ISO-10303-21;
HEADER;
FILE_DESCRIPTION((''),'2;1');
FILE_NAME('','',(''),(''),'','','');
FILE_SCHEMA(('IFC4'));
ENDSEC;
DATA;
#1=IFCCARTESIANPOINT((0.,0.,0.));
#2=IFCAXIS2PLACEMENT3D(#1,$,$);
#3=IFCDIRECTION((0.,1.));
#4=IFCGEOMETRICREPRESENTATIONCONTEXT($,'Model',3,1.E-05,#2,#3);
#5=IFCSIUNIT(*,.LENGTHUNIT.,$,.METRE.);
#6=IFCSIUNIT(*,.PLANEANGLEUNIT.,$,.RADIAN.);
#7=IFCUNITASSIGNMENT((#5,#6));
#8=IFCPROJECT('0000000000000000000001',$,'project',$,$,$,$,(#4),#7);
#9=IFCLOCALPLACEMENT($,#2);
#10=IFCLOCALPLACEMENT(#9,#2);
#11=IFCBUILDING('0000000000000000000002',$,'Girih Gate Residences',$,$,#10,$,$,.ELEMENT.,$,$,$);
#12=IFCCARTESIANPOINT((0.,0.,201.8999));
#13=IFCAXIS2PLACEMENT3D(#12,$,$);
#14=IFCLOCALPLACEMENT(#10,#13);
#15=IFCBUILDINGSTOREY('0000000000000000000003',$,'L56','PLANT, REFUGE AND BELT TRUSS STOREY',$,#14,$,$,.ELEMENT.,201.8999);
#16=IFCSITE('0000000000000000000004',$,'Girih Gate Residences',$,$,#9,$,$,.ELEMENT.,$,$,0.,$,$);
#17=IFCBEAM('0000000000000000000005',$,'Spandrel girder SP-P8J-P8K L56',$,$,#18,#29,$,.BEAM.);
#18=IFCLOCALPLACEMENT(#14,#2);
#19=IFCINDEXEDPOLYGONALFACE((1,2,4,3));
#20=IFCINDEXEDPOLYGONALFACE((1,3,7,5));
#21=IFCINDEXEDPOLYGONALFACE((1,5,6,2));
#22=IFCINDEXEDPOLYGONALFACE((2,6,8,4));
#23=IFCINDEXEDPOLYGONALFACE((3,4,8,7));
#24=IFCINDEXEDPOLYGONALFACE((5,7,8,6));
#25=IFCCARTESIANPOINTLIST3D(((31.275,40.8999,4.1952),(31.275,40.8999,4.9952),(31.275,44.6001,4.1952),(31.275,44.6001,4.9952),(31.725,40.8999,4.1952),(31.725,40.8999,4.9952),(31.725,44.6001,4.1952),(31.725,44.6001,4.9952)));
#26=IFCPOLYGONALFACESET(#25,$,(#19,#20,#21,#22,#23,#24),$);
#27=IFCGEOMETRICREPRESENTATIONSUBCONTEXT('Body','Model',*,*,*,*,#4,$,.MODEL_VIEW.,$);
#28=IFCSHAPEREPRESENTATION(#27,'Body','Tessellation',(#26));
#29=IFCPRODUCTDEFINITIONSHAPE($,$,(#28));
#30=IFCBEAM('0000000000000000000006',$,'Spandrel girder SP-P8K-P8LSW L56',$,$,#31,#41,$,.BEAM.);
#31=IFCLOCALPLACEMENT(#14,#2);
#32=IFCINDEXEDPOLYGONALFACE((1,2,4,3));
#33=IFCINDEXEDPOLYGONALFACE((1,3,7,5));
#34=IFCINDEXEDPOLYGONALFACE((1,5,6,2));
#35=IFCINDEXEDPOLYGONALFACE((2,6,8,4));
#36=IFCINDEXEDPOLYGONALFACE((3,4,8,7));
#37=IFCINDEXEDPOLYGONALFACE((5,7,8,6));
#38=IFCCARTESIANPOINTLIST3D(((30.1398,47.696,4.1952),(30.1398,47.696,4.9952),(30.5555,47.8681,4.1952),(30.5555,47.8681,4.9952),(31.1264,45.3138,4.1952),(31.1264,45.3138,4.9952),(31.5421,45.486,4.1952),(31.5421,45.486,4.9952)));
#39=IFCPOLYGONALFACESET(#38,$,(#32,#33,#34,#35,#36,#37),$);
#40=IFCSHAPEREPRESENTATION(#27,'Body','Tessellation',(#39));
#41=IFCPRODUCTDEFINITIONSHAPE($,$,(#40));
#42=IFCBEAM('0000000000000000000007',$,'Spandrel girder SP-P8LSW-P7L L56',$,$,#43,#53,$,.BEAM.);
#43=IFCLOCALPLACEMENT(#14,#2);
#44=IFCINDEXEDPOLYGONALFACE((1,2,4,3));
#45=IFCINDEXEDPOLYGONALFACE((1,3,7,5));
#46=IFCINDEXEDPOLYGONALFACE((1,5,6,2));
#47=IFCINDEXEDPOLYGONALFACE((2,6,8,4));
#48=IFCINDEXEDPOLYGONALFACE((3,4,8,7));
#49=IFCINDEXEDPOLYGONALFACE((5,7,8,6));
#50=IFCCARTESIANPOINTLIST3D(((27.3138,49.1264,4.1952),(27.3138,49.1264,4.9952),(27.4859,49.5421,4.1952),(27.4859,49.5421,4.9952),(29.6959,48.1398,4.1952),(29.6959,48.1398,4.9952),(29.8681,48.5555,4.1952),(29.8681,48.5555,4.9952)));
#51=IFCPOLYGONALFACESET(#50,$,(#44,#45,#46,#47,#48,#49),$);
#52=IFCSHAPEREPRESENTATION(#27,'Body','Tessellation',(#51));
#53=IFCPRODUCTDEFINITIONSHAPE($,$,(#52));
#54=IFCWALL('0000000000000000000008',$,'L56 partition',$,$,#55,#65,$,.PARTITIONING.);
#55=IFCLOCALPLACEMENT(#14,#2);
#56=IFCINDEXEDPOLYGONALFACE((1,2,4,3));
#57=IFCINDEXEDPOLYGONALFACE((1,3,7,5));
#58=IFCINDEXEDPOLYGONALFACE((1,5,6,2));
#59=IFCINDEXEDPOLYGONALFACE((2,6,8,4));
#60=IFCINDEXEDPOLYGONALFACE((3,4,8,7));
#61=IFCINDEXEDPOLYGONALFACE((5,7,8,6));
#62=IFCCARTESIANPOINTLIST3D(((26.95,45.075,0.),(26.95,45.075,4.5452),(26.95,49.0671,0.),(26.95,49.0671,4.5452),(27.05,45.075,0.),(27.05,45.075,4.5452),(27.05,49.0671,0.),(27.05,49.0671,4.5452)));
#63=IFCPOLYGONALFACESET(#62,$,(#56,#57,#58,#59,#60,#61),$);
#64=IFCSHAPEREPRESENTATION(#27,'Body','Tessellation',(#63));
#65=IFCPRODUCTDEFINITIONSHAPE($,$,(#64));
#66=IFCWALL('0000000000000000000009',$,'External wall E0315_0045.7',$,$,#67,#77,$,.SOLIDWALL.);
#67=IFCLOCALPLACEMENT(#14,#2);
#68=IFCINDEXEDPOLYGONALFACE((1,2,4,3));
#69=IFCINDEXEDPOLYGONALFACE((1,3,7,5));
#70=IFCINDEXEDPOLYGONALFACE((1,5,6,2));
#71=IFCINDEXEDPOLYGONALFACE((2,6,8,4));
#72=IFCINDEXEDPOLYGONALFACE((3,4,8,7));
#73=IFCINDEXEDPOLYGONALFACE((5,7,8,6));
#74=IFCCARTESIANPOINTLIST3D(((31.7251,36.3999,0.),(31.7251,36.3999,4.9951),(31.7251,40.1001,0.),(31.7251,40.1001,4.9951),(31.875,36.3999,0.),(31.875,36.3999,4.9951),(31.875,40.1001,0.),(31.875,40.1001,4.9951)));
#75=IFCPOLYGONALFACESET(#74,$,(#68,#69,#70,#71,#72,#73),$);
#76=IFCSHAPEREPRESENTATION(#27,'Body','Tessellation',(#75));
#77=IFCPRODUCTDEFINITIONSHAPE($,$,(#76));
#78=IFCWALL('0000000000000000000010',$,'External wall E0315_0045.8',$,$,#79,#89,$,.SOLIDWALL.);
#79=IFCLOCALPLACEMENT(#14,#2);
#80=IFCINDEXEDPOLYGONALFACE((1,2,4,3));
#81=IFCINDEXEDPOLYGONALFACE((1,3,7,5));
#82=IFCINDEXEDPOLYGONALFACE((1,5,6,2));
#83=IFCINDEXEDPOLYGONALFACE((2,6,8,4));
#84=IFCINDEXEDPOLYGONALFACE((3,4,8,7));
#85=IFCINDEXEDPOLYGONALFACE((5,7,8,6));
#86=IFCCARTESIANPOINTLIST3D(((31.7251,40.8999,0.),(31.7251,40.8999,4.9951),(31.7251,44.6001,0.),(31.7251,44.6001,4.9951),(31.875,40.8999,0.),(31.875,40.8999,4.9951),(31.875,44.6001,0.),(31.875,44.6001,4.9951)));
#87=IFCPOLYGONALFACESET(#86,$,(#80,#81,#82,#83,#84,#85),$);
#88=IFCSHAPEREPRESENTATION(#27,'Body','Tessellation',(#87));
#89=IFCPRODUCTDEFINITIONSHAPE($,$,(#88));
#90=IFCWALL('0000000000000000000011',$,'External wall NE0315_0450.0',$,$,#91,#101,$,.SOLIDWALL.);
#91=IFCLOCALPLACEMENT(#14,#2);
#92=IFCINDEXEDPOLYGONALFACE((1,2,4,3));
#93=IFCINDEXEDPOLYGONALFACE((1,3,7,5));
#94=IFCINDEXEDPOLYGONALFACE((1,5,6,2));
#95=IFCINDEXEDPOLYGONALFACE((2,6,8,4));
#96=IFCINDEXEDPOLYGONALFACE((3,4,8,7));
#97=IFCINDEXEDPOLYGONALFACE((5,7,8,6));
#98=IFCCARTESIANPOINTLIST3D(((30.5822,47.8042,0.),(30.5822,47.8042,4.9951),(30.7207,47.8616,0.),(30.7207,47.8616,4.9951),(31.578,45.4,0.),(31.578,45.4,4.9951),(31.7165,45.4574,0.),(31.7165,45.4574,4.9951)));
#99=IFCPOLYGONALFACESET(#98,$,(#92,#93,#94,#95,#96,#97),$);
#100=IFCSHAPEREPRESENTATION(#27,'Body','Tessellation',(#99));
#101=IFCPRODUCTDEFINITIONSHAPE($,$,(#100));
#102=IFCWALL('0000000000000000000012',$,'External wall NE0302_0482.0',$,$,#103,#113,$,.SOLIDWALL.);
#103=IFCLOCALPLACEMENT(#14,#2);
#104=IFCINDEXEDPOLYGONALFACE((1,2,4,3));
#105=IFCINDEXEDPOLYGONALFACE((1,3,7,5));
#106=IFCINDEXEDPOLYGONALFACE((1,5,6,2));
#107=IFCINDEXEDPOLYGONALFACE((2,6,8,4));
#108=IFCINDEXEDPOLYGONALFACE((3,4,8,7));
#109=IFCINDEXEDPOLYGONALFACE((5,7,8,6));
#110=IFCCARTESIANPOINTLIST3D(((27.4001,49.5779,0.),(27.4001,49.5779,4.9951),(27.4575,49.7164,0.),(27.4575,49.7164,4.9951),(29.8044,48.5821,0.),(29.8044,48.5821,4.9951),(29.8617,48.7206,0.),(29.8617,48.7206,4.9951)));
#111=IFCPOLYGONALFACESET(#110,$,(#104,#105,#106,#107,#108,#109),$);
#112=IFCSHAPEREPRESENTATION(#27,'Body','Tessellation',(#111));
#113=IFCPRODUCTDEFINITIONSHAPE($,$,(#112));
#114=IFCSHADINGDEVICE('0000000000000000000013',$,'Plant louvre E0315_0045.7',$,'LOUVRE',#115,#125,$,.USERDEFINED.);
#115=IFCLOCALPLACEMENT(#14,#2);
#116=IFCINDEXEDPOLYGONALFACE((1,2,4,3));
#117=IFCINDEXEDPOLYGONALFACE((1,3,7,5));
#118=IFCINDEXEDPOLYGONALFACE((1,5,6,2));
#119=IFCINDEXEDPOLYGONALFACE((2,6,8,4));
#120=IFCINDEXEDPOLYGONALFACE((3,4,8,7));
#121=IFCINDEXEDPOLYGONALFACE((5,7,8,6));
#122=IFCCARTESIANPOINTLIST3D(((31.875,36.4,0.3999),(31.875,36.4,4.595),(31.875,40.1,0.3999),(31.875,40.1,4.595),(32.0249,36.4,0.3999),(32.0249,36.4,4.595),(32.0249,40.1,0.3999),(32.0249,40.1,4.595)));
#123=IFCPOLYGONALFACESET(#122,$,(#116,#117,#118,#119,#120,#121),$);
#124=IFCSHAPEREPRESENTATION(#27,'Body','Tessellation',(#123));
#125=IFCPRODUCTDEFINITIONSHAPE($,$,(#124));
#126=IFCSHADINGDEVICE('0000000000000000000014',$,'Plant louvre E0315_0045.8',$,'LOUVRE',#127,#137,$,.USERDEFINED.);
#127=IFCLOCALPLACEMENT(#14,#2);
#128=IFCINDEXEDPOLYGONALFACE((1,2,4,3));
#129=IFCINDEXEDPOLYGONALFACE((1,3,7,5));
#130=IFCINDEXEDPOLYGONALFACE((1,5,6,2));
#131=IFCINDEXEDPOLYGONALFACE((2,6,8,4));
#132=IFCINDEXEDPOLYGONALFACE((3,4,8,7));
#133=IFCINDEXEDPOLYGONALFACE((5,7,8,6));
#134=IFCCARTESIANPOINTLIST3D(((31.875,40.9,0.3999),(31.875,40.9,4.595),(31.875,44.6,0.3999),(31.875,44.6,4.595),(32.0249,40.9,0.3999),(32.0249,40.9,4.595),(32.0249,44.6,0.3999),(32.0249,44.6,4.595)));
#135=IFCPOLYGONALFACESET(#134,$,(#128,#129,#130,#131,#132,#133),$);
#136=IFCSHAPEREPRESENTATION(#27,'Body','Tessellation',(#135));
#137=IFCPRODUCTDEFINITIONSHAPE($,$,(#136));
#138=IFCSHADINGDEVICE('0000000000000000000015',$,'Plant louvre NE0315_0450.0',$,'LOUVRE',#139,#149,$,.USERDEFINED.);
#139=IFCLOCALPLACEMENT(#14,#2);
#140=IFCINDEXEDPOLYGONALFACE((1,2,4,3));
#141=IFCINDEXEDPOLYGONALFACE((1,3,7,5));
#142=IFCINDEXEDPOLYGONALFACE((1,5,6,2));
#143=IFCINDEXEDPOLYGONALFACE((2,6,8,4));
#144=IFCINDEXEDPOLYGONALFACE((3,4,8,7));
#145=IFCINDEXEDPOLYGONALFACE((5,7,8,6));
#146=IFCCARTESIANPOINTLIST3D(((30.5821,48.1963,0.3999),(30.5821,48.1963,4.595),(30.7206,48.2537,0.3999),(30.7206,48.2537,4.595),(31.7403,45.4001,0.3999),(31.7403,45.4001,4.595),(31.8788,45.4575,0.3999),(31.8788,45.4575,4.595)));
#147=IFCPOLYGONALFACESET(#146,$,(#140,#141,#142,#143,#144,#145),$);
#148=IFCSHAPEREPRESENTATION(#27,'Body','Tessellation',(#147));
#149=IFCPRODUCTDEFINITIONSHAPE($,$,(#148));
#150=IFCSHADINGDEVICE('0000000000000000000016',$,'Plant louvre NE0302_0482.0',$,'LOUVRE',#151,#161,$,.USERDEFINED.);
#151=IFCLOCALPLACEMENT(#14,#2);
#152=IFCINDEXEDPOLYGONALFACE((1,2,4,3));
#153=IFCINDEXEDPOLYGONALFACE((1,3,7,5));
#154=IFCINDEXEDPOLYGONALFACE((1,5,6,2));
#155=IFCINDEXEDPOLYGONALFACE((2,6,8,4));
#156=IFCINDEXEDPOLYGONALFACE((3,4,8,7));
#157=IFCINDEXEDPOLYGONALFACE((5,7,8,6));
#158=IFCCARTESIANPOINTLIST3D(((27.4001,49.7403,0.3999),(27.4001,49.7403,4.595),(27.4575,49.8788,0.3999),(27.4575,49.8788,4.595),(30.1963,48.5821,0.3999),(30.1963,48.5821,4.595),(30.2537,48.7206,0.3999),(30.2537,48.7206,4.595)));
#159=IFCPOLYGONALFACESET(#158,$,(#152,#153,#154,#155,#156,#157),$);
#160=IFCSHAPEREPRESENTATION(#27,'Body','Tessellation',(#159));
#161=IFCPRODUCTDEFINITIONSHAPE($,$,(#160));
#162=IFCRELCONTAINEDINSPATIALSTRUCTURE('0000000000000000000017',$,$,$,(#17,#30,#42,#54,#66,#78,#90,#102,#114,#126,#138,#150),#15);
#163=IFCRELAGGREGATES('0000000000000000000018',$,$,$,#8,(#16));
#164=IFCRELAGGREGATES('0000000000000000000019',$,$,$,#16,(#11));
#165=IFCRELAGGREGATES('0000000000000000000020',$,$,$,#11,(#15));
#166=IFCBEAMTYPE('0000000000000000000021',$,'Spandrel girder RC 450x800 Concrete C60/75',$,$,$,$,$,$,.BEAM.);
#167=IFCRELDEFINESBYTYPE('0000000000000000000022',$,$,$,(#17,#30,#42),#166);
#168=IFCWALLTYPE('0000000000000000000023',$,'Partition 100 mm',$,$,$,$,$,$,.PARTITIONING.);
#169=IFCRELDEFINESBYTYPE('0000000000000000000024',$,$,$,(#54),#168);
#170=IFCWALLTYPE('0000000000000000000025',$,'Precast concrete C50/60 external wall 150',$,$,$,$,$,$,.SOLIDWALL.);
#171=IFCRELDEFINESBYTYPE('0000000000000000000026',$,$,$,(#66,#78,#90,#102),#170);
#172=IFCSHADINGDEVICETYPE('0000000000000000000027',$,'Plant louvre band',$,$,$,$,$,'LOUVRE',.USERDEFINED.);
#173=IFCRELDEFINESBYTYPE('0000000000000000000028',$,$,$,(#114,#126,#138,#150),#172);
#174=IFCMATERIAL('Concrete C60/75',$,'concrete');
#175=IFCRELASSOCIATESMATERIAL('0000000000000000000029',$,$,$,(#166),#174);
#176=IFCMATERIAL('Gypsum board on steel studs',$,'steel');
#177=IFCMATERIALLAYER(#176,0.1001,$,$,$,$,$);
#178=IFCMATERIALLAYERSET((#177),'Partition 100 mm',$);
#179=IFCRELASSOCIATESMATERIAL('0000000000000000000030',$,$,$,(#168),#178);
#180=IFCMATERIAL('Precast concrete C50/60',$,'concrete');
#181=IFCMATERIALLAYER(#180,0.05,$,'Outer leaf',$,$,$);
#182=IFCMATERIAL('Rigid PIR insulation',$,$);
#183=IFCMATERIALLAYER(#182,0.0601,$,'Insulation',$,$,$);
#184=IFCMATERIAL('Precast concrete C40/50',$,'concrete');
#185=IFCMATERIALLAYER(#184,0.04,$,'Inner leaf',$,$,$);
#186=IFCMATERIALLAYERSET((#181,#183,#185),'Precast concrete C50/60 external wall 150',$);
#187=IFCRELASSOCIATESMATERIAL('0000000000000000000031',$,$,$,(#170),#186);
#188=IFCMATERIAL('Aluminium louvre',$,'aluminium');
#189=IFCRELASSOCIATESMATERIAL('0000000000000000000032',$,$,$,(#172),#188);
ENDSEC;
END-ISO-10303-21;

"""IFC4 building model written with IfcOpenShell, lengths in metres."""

from ifc_helpers import new_model, si_unit, direction, frame, frame_2d, origin, origin_2d, place, context, subcontext, project, spatial, rectangle, extrude, material, layer, layer_set, material_profile, profile_set, type_object, element, save


model = new_model("IFC4")

# Units and contexts
model_context = context("Model", 3, precision=1e-05, world=origin(), true_north=direction((0.0, 1.0)))
body_context = subcontext(model_context, "Body", "Model", "MODEL_VIEW")
ifc_project = project(units=[si_unit("LENGTHUNIT", "METRE"), si_unit("PLANEANGLEUNIT", "RADIAN")], contexts=[model_context])

# Site, building, storey
site_placement = place(None, origin())
site = spatial("IfcSite", under=ifc_project, at=site_placement, Name="Girih Gate Residences", CompositionType="ELEMENT", RefElevation=0.0)
building_placement = place(site_placement, origin())
building = spatial("IfcBuilding", under=site, at=building_placement, Name="Girih Gate Residences", CompositionType="ELEMENT")
storey_placement = place(building_placement, frame((0.0, 0.0, 201.8999)))
storey = spatial("IfcBuildingStorey", under=building, at=storey_placement, Name="L56", Description="PLANT, REFUGE AND BELT TRUSS STOREY", CompositionType="ELEMENT", Elevation=201.8999)

# Shared definitions
ifc_material_1 = material(Name="Concrete C60/75", Category="concrete")

# Beams
ifc_material_profile_1 = material_profile(ifc_material_1, rectangle(XDim=0.45, YDim=0.8, at=origin_2d()))
ifc_profile_set_1 = profile_set([ifc_material_profile_1], Name="Concrete C60/75")
beam_type = type_object("IfcBeamType", Name="Spandrel girder RC 450x800 Concrete C60/75", PredefinedType="BEAM", material=ifc_profile_set_1)
beam_placement = place(storey_placement, frame((31.5, 40.8999, 4.5952), z_axis=(0.0, 1.0, 0.0), x_axis=(-1.0, 0.0, 0.0)))
element("IfcBeam", 1, at=beam_placement, inside=storey, type_object=beam_type, Name="Spandrel girder SP-P8J-P8K L56", PredefinedType="BEAM", context=body_context, shape_type="SweptSolid", body=[
    extrude(rectangle(XDim=0.45, YDim=0.8, at=origin_2d()), origin(), (0.0, 0.0, 1.0), 3.7002),
])
for number, where, z_axis, x_axis, name in (
    (2, (31.3342, 45.3999, 4.5952), (-0.382644, 0.923896, 0.0), (-0.923896, -0.382644, 0.0), "Spandrel girder SP-P8K-P8LSW L56"),
    (3, (29.782, 48.3477, 4.5952), (-0.923896, 0.382644, 0.0), (-0.382644, -0.923896, 0.0), "Spandrel girder SP-P8LSW-P7L L56"),
):
    element("IfcBeam", number, at=place(storey_placement, frame(where, z_axis=z_axis, x_axis=x_axis)), inside=storey, type_object=beam_type, Name=name, PredefinedType="BEAM", context=body_context, shape_type="SweptSolid", body=[
        extrude(rectangle(XDim=0.45, YDim=0.8, at=origin_2d()), origin(), (0.0, 0.0, 1.0), 2.5784),
    ])

# Shared definitions
ifc_material_2 = material(Name="Gypsum board on steel studs", Category="steel")

# Walls
ifc_layer_1 = layer(ifc_material_2, 0.1001)
ifc_layer_set_1 = layer_set([ifc_layer_1], Name="Partition 100 mm")
wall_type_1 = type_object("IfcWallType", Name="Partition 100 mm", PredefinedType="PARTITIONING", material=ifc_layer_set_1)
wall_1_placement = place(storey_placement, frame((27.0, 45.075, 0.0), z_axis=(0.0, 0.0, 1.0), x_axis=(0.0, 1.0, 0.0)))
element("IfcWall", 4, at=wall_1_placement, inside=storey, type_object=wall_type_1, Name="L56 partition", PredefinedType="PARTITIONING", context=body_context, shape_type="SweptSolid", body=[
    extrude(rectangle(XDim=3.9922, YDim=0.1001, at=frame_2d((1.9961, 0.0))), origin(), (0.0, 0.0, 1.0), 4.5452),
])
ifc_material_3 = material(Name="Precast concrete C50/60", Category="concrete")
ifc_layer_2 = layer(ifc_material_3, 0.05, Name="Outer leaf")
ifc_material_4 = material(Name="Rigid PIR insulation")
ifc_layer_3 = layer(ifc_material_4, 0.0601, Name="Insulation")
ifc_material_5 = material(Name="Precast concrete C40/50", Category="concrete")
ifc_layer_4 = layer(ifc_material_5, 0.04, Name="Inner leaf")
ifc_layer_set_2 = layer_set([ifc_layer_2, ifc_layer_3, ifc_layer_4], Name="Precast concrete C50/60 external wall 150")
wall_type_2 = type_object("IfcWallType", Name="Precast concrete C50/60 external wall 150", PredefinedType="SOLIDWALL", material=ifc_layer_set_2)
for number, where, z_axis, x_axis, name in (
    (5, (31.8, 40.1001, 0.0), (0.0, 0.0, 1.0), (0.0, -1.0, 0.0), "External wall E0315_0045.7"),
    (6, (31.8, 44.6001, 0.0), (0.0, 0.0, 1.0), (0.0, -1.0, 0.0), "External wall E0315_0045.8"),
):
    element("IfcWall", number, at=place(storey_placement, frame(where, z_axis=z_axis, x_axis=x_axis)), inside=storey, type_object=wall_type_2, Name=name, PredefinedType="SOLIDWALL", context=body_context, shape_type="SweptSolid", body=[
        extrude(rectangle(XDim=3.7002, YDim=0.1499, at=frame_2d((1.8501, 0.0))), origin(), (0.0, 0.0, 1.0), 4.9951),
    ])
for number, where, z_axis, x_axis, name in (
    (7, (30.6514, 47.833, 0.0), (0.0, 0.0, 1.0), (0.382669, -0.923885, 0.0), "External wall NE0315_0450.0"),
    (8, (27.4287, 49.6472, 0.0), (0.0, 0.0, 1.0), (0.923885, -0.382669, 0.0), "External wall NE0302_0482.0"),
):
    element("IfcWall", number, at=place(storey_placement, frame(where, z_axis=z_axis, x_axis=x_axis)), inside=storey, type_object=wall_type_2, Name=name, PredefinedType="SOLIDWALL", context=body_context, shape_type="SweptSolid", body=[
        extrude(rectangle(XDim=2.6023, YDim=0.1499, at=frame_2d((1.3013, 0.0))), origin(), (0.0, 0.0, 1.0), 4.9951),
    ])

# Shading devices
ifc_material_6 = material(Name="Aluminium louvre", Category="aluminium")
shading_device_type = type_object("IfcShadingDeviceType", Name="Plant louvre band", ElementType="LOUVRE", PredefinedType="USERDEFINED", material=ifc_material_6)
for number, where, z_axis, x_axis, name in (
    (9, (31.95, 38.25, 0.3999), (0.0, 0.0, 1.0), (0.0, 1.0, 0.0), "Plant louvre E0315_0045.7"),
    (10, (31.95, 42.75, 0.3999), (0.0, 0.0, 1.0), (0.0, 1.0, 0.0), "Plant louvre E0315_0045.8"),
):
    element("IfcShadingDevice", number, at=place(storey_placement, frame(where, z_axis=z_axis, x_axis=x_axis)), inside=storey, type_object=shading_device_type, Name=name, ObjectType="LOUVRE", PredefinedType="USERDEFINED", context=body_context, shape_type="SweptSolid", body=[
        extrude(rectangle(XDim=3.7, YDim=0.1499, at=origin_2d()), origin(), (0.0, 0.0, 1.0), 4.1951),
    ])
for number, where, z_axis, x_axis, name in (
    (11, (31.2305, 46.8269, 0.3999), (0.0, 0.0, 1.0), (-0.382683, 0.92388, 0.0), "Plant louvre NE0315_0450.0"),
    (12, (28.8269, 49.2305, 0.3999), (0.0, 0.0, 1.0), (-0.92388, 0.382683, 0.0), "Plant louvre NE0302_0482.0"),
):
    element("IfcShadingDevice", number, at=place(storey_placement, frame(where, z_axis=z_axis, x_axis=x_axis)), inside=storey, type_object=shading_device_type, Name=name, ObjectType="LOUVRE", PredefinedType="USERDEFINED", context=body_context, shape_type="SweptSolid", body=[
        extrude(rectangle(XDim=3.0266, YDim=0.1499, at=origin_2d()), origin(), (0.0, 0.0, 1.0), 4.1951),
    ])

save(model, "model.ifc")
